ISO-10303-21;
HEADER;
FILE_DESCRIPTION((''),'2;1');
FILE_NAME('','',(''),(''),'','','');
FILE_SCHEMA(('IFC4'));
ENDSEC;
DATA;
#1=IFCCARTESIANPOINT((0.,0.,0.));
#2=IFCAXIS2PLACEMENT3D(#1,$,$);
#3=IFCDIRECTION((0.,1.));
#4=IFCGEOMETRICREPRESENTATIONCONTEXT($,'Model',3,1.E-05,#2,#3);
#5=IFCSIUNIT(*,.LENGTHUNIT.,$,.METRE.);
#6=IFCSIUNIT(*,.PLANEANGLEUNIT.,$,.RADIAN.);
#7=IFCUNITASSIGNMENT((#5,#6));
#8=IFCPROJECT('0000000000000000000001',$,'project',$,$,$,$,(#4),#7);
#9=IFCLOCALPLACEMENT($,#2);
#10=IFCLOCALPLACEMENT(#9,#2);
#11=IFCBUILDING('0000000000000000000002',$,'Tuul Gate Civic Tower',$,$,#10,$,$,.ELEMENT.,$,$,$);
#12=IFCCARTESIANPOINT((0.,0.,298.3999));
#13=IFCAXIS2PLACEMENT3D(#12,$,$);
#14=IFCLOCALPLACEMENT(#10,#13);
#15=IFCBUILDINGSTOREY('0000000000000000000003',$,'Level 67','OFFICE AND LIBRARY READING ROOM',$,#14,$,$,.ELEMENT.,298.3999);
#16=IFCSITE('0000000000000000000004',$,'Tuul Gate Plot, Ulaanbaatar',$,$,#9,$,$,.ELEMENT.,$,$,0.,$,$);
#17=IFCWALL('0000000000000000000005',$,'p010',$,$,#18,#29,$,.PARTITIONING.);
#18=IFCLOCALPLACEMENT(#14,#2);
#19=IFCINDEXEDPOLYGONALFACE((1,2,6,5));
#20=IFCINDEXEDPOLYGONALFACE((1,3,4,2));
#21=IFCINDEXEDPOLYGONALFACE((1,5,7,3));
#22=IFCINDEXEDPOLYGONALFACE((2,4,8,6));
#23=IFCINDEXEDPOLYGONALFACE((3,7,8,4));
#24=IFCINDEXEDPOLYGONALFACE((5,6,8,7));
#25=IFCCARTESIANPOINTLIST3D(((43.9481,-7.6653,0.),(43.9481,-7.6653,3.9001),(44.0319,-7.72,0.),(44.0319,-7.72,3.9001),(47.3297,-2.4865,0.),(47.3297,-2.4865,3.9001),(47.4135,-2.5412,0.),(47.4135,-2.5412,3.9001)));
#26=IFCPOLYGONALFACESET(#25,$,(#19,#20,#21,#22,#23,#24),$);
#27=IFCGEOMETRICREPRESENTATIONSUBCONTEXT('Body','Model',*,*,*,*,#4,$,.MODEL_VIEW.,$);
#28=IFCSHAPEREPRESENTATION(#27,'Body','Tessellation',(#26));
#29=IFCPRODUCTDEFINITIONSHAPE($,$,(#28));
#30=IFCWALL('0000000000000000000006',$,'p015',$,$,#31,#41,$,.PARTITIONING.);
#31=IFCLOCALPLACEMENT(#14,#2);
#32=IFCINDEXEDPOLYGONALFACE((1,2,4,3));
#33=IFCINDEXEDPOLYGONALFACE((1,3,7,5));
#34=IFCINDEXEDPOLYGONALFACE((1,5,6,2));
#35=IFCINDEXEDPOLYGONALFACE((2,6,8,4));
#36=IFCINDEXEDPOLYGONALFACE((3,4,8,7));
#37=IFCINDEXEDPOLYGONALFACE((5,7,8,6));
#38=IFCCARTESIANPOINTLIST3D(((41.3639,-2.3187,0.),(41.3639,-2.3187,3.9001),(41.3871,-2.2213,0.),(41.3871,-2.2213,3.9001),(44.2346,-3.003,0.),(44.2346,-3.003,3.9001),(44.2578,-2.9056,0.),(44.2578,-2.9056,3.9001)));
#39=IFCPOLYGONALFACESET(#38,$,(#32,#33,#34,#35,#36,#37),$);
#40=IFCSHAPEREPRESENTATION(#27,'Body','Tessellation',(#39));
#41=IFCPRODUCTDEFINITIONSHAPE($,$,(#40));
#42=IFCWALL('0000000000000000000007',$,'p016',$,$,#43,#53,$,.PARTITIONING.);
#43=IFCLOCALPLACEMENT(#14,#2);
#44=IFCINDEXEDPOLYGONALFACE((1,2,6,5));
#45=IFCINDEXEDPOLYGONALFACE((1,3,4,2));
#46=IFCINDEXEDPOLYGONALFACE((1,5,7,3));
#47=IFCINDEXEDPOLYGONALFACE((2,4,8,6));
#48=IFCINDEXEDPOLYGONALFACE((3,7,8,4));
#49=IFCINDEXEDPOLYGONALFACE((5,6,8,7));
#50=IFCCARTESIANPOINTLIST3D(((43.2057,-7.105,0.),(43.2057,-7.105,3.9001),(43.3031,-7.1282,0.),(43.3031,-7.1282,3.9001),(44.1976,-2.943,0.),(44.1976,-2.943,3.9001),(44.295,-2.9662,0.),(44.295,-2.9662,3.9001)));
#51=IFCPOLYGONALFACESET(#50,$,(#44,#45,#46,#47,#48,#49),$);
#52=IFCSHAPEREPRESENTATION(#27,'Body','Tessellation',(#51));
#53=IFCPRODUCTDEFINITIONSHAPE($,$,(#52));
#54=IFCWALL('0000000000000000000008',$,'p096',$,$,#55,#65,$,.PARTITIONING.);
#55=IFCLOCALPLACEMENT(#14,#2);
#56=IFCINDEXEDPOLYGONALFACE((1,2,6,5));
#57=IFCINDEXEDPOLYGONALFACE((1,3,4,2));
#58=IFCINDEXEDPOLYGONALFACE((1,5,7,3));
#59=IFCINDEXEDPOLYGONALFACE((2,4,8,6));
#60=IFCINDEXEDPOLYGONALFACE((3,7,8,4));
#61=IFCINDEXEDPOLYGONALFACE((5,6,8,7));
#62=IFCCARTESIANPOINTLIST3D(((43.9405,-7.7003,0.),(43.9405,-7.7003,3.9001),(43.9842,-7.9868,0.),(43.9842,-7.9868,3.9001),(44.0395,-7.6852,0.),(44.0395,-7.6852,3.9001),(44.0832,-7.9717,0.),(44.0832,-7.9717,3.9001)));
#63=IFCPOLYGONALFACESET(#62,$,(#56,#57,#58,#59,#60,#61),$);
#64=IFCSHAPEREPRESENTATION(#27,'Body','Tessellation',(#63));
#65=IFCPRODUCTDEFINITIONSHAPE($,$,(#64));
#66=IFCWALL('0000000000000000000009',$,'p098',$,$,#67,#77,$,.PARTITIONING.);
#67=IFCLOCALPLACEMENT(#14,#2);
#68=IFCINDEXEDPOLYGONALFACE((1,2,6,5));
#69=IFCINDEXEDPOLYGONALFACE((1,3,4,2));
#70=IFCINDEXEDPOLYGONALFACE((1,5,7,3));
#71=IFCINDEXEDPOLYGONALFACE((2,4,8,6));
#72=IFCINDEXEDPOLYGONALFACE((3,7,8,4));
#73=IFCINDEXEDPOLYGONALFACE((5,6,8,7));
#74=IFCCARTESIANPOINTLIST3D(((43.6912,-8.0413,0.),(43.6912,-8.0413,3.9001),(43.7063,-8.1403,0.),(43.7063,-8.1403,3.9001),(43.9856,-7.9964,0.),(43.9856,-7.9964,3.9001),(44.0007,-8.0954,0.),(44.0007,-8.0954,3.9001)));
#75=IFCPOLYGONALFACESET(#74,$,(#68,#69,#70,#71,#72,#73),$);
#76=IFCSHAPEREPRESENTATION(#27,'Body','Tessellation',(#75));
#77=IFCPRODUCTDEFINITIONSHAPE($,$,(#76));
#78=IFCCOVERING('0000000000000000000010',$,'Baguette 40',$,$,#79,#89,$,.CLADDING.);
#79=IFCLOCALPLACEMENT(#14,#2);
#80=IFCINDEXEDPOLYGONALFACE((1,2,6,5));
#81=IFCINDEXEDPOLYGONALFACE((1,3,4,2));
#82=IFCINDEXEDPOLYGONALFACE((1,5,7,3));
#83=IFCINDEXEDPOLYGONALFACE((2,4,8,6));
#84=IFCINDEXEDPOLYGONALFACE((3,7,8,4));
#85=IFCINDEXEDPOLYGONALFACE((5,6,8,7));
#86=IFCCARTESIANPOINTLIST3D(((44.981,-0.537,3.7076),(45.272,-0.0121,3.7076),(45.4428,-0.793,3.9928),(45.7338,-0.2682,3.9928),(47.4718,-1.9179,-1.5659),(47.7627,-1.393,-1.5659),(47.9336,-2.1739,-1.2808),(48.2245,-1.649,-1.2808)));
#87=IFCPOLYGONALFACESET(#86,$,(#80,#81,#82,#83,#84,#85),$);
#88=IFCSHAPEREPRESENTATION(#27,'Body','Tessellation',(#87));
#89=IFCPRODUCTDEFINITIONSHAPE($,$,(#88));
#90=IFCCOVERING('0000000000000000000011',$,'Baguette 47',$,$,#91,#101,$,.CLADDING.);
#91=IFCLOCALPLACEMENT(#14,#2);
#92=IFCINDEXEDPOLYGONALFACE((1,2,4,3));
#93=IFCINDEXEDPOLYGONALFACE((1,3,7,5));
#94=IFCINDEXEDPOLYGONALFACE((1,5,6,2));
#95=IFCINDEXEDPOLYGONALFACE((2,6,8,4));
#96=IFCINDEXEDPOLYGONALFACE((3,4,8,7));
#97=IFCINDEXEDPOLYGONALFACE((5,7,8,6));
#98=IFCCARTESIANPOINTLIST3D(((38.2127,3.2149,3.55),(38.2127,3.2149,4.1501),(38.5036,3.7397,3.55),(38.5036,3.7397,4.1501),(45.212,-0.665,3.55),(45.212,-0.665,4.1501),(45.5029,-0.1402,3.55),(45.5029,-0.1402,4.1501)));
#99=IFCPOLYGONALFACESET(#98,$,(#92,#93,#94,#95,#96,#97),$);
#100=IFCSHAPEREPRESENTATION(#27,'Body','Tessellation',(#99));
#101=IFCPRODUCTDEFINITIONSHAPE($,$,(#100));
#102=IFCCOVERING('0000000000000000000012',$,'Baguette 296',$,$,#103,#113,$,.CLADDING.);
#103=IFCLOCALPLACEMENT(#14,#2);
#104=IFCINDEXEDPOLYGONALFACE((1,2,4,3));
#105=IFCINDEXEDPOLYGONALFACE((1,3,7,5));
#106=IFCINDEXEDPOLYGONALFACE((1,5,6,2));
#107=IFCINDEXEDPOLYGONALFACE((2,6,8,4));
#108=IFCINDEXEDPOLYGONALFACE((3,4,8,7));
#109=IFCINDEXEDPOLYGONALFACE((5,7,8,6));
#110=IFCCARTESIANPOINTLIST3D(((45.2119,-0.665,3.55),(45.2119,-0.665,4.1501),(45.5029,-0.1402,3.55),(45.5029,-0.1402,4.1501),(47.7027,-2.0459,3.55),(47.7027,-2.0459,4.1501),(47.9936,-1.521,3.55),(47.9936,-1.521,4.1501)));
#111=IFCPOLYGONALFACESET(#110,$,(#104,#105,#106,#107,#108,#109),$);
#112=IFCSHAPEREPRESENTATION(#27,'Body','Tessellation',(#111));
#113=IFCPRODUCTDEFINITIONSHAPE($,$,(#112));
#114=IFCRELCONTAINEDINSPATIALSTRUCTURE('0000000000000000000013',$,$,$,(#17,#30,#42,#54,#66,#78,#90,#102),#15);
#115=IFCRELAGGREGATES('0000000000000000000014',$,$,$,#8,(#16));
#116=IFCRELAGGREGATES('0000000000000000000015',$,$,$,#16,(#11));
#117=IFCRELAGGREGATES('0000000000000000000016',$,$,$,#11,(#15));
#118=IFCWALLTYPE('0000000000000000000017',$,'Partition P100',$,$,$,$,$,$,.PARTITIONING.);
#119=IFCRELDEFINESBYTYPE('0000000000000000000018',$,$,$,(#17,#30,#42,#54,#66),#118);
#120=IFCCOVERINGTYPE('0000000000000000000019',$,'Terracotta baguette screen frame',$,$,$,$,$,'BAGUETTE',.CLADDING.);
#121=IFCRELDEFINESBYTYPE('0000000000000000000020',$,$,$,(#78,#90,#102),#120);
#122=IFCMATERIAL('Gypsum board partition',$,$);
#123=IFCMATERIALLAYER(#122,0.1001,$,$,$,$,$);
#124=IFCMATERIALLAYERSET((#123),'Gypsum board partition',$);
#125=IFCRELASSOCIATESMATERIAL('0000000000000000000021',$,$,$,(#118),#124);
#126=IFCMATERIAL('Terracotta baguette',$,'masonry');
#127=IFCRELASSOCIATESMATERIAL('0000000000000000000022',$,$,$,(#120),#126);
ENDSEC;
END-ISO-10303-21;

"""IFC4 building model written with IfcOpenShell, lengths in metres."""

from ifc_helpers import new_model, si_unit, direction, frame, frame_2d, origin, origin_2d, place, context, subcontext, project, spatial, rectangle, extrude, material, layer, layer_set, material_profile, profile_set, type_object, element, save


model = new_model("IFC4")

# Units and contexts
model_context = context("Model", 3, precision=1e-05, world=origin(), true_north=direction((0.0, 1.0)))
body_context = subcontext(model_context, "Body", "Model", "MODEL_VIEW")
ifc_project = project(units=[si_unit("LENGTHUNIT", "METRE"), si_unit("PLANEANGLEUNIT", "RADIAN")], contexts=[model_context])

# Site, building, storey
site_placement = place(None, origin())
site = spatial("IfcSite", under=ifc_project, at=site_placement, Name="Tuul Gate Plot, Ulaanbaatar", CompositionType="ELEMENT", RefElevation=0.0)
building_placement = place(site_placement, origin())
building = spatial("IfcBuilding", under=site, at=building_placement, Name="Tuul Gate Civic Tower", CompositionType="ELEMENT")
storey_placement = place(building_placement, frame((0.0, 0.0, 298.3999)))
storey = spatial("IfcBuildingStorey", under=building, at=storey_placement, Name="Level 67", Description="OFFICE AND LIBRARY READING ROOM", CompositionType="ELEMENT", Elevation=298.3999)

# Walls
ifc_material_1 = material(Name="Gypsum board partition")
ifc_layer_1 = layer(ifc_material_1, 0.1001)
ifc_layer_set_1 = layer_set([ifc_layer_1], Name="Gypsum board partition")
wall_type_1 = type_object("IfcWallType", Name="Partition P100", PredefinedType="PARTITIONING", material=ifc_layer_set_1)
wall_1_placement = place(storey_placement, frame((43.99, -7.6926, 0.0), z_axis=(0.0, 0.0, 1.0), x_axis=(0.546741, 0.837302, 0.0)))
element("IfcWall", 1, at=wall_1_placement, inside=storey, type_object=wall_type_1, Name="p010", PredefinedType="PARTITIONING", context=body_context, shape_type="SweptSolid", body=[
    extrude(rectangle(XDim=6.1851, YDim=0.1001, at=frame_2d((3.0925, 0.0))), origin(), (0.0, 0.0, 1.0), 3.9001),
])
wall_2_placement = place(storey_placement, frame((41.3755, -2.27, 0.0), z_axis=(0.0, 0.0, 1.0), x_axis=(0.972746, -0.231874, 0.0)))
element("IfcWall", 2, at=wall_2_placement, inside=storey, type_object=wall_type_1, Name="p015", PredefinedType="PARTITIONING", context=body_context, shape_type="SweptSolid", body=[
    extrude(rectangle(XDim=2.9512, YDim=0.1001, at=frame_2d((1.4756, 0.0))), origin(), (0.0, 0.0, 1.0), 3.9001),
])
wall_3_placement = place(storey_placement, frame((43.2544, -7.1165, 0.0), z_axis=(0.0, 0.0, 1.0), x_axis=(0.231834, 0.972755, 0.0)))
element("IfcWall", 3, at=wall_3_placement, inside=storey, type_object=wall_type_1, Name="p016", PredefinedType="PARTITIONING", context=body_context, shape_type="SweptSolid", body=[
    extrude(rectangle(XDim=4.2786, YDim=0.1001, at=frame_2d((2.1392, 0.0))), origin(), (0.0, 0.0, 1.0), 3.9001),
])
wall_4_placement = place(storey_placement, frame((43.99, -7.6926, 0.0), z_axis=(0.0, 0.0, 1.0), x_axis=(0.150854, -0.988556, 0.0)))
element("IfcWall", 4, at=wall_4_placement, inside=storey, type_object=wall_type_1, Name="p096", PredefinedType="PARTITIONING", context=body_context, shape_type="SweptSolid", body=[
    extrude(rectangle(XDim=0.2898, YDim=0.1001, at=frame_2d((0.145, 0.0))), origin(), (0.0, 0.0, 1.0), 3.9001),
])
wall_5_placement = place(storey_placement, frame((43.6987, -8.0908, 0.0), z_axis=(0.0, 0.0, 1.0), x_axis=(0.98856, 0.150825, 0.0)))
element("IfcWall", 5, at=wall_5_placement, inside=storey, type_object=wall_type_1, Name="p098", PredefinedType="PARTITIONING", context=body_context, shape_type="SweptSolid", body=[
    extrude(rectangle(XDim=0.2979, YDim=0.1001, at=frame_2d((0.1489, 0.0))), origin(), (0.0, 0.0, 1.0), 3.9001),
])

# Coverings
ifc_material_2 = material(Name="Terracotta baguette", Category="masonry")
ifc_material_profile_1 = material_profile(ifc_material_2, rectangle(XDim=0.6001, YDim=0.6001, at=origin_2d()), Name="Terracotta baguette screen frame")
ifc_profile_set_1 = profile_set([ifc_material_profile_1], Name="Terracotta baguette")
covering_type = type_object("IfcCoveringType", Name="Terracotta baguette screen frame", ElementType="BAGUETTE", PredefinedType="CLADDING", material=ifc_profile_set_1)
covering_1_placement = place(storey_placement, frame((47.8481, -1.7834, -1.4233), z_axis=(-0.415585, 0.230401, 0.879889), x_axis=(-0.484871, -0.874586, 0.0)))
element("IfcCovering", 6, at=covering_1_placement, inside=storey, type_object=covering_type, Name="Baguette 40", PredefinedType="CLADDING", context=body_context, shape_type="SweptSolid", body=[
    extrude(rectangle(XDim=0.6001, YDim=0.6001, at=origin_2d()), origin(), (0.0, 0.0, 1.0), 5.9934),
])
covering_2_placement = place(storey_placement, frame((45.3574, -0.4026, 3.8501), z_axis=(-0.874613, 0.484822, 0.0), x_axis=(-0.484822, -0.874613, 0.0)))
element("IfcCovering", 7, at=covering_2_placement, inside=storey, type_object=covering_type, Name="Baguette 47", PredefinedType="CLADDING", context=body_context, shape_type="SweptSolid", body=[
    extrude(rectangle(XDim=0.6001, YDim=0.6001, at=origin_2d()), origin(), (0.0, 0.0, 1.0), 8.0027),
])
covering_3_placement = place(storey_placement, frame((47.8481, -1.7834, 3.8501), z_axis=(-0.874586, 0.484871, 0.0), x_axis=(-0.484871, -0.874586, 0.0)))
element("IfcCovering", 8, at=covering_3_placement, inside=storey, type_object=covering_type, Name="Baguette 296", PredefinedType="CLADDING", context=body_context, shape_type="SweptSolid", body=[
    extrude(rectangle(XDim=0.6001, YDim=0.6001, at=origin_2d()), origin(), (0.0, 0.0, 1.0), 2.8479),
])

save(model, "model.ifc")
